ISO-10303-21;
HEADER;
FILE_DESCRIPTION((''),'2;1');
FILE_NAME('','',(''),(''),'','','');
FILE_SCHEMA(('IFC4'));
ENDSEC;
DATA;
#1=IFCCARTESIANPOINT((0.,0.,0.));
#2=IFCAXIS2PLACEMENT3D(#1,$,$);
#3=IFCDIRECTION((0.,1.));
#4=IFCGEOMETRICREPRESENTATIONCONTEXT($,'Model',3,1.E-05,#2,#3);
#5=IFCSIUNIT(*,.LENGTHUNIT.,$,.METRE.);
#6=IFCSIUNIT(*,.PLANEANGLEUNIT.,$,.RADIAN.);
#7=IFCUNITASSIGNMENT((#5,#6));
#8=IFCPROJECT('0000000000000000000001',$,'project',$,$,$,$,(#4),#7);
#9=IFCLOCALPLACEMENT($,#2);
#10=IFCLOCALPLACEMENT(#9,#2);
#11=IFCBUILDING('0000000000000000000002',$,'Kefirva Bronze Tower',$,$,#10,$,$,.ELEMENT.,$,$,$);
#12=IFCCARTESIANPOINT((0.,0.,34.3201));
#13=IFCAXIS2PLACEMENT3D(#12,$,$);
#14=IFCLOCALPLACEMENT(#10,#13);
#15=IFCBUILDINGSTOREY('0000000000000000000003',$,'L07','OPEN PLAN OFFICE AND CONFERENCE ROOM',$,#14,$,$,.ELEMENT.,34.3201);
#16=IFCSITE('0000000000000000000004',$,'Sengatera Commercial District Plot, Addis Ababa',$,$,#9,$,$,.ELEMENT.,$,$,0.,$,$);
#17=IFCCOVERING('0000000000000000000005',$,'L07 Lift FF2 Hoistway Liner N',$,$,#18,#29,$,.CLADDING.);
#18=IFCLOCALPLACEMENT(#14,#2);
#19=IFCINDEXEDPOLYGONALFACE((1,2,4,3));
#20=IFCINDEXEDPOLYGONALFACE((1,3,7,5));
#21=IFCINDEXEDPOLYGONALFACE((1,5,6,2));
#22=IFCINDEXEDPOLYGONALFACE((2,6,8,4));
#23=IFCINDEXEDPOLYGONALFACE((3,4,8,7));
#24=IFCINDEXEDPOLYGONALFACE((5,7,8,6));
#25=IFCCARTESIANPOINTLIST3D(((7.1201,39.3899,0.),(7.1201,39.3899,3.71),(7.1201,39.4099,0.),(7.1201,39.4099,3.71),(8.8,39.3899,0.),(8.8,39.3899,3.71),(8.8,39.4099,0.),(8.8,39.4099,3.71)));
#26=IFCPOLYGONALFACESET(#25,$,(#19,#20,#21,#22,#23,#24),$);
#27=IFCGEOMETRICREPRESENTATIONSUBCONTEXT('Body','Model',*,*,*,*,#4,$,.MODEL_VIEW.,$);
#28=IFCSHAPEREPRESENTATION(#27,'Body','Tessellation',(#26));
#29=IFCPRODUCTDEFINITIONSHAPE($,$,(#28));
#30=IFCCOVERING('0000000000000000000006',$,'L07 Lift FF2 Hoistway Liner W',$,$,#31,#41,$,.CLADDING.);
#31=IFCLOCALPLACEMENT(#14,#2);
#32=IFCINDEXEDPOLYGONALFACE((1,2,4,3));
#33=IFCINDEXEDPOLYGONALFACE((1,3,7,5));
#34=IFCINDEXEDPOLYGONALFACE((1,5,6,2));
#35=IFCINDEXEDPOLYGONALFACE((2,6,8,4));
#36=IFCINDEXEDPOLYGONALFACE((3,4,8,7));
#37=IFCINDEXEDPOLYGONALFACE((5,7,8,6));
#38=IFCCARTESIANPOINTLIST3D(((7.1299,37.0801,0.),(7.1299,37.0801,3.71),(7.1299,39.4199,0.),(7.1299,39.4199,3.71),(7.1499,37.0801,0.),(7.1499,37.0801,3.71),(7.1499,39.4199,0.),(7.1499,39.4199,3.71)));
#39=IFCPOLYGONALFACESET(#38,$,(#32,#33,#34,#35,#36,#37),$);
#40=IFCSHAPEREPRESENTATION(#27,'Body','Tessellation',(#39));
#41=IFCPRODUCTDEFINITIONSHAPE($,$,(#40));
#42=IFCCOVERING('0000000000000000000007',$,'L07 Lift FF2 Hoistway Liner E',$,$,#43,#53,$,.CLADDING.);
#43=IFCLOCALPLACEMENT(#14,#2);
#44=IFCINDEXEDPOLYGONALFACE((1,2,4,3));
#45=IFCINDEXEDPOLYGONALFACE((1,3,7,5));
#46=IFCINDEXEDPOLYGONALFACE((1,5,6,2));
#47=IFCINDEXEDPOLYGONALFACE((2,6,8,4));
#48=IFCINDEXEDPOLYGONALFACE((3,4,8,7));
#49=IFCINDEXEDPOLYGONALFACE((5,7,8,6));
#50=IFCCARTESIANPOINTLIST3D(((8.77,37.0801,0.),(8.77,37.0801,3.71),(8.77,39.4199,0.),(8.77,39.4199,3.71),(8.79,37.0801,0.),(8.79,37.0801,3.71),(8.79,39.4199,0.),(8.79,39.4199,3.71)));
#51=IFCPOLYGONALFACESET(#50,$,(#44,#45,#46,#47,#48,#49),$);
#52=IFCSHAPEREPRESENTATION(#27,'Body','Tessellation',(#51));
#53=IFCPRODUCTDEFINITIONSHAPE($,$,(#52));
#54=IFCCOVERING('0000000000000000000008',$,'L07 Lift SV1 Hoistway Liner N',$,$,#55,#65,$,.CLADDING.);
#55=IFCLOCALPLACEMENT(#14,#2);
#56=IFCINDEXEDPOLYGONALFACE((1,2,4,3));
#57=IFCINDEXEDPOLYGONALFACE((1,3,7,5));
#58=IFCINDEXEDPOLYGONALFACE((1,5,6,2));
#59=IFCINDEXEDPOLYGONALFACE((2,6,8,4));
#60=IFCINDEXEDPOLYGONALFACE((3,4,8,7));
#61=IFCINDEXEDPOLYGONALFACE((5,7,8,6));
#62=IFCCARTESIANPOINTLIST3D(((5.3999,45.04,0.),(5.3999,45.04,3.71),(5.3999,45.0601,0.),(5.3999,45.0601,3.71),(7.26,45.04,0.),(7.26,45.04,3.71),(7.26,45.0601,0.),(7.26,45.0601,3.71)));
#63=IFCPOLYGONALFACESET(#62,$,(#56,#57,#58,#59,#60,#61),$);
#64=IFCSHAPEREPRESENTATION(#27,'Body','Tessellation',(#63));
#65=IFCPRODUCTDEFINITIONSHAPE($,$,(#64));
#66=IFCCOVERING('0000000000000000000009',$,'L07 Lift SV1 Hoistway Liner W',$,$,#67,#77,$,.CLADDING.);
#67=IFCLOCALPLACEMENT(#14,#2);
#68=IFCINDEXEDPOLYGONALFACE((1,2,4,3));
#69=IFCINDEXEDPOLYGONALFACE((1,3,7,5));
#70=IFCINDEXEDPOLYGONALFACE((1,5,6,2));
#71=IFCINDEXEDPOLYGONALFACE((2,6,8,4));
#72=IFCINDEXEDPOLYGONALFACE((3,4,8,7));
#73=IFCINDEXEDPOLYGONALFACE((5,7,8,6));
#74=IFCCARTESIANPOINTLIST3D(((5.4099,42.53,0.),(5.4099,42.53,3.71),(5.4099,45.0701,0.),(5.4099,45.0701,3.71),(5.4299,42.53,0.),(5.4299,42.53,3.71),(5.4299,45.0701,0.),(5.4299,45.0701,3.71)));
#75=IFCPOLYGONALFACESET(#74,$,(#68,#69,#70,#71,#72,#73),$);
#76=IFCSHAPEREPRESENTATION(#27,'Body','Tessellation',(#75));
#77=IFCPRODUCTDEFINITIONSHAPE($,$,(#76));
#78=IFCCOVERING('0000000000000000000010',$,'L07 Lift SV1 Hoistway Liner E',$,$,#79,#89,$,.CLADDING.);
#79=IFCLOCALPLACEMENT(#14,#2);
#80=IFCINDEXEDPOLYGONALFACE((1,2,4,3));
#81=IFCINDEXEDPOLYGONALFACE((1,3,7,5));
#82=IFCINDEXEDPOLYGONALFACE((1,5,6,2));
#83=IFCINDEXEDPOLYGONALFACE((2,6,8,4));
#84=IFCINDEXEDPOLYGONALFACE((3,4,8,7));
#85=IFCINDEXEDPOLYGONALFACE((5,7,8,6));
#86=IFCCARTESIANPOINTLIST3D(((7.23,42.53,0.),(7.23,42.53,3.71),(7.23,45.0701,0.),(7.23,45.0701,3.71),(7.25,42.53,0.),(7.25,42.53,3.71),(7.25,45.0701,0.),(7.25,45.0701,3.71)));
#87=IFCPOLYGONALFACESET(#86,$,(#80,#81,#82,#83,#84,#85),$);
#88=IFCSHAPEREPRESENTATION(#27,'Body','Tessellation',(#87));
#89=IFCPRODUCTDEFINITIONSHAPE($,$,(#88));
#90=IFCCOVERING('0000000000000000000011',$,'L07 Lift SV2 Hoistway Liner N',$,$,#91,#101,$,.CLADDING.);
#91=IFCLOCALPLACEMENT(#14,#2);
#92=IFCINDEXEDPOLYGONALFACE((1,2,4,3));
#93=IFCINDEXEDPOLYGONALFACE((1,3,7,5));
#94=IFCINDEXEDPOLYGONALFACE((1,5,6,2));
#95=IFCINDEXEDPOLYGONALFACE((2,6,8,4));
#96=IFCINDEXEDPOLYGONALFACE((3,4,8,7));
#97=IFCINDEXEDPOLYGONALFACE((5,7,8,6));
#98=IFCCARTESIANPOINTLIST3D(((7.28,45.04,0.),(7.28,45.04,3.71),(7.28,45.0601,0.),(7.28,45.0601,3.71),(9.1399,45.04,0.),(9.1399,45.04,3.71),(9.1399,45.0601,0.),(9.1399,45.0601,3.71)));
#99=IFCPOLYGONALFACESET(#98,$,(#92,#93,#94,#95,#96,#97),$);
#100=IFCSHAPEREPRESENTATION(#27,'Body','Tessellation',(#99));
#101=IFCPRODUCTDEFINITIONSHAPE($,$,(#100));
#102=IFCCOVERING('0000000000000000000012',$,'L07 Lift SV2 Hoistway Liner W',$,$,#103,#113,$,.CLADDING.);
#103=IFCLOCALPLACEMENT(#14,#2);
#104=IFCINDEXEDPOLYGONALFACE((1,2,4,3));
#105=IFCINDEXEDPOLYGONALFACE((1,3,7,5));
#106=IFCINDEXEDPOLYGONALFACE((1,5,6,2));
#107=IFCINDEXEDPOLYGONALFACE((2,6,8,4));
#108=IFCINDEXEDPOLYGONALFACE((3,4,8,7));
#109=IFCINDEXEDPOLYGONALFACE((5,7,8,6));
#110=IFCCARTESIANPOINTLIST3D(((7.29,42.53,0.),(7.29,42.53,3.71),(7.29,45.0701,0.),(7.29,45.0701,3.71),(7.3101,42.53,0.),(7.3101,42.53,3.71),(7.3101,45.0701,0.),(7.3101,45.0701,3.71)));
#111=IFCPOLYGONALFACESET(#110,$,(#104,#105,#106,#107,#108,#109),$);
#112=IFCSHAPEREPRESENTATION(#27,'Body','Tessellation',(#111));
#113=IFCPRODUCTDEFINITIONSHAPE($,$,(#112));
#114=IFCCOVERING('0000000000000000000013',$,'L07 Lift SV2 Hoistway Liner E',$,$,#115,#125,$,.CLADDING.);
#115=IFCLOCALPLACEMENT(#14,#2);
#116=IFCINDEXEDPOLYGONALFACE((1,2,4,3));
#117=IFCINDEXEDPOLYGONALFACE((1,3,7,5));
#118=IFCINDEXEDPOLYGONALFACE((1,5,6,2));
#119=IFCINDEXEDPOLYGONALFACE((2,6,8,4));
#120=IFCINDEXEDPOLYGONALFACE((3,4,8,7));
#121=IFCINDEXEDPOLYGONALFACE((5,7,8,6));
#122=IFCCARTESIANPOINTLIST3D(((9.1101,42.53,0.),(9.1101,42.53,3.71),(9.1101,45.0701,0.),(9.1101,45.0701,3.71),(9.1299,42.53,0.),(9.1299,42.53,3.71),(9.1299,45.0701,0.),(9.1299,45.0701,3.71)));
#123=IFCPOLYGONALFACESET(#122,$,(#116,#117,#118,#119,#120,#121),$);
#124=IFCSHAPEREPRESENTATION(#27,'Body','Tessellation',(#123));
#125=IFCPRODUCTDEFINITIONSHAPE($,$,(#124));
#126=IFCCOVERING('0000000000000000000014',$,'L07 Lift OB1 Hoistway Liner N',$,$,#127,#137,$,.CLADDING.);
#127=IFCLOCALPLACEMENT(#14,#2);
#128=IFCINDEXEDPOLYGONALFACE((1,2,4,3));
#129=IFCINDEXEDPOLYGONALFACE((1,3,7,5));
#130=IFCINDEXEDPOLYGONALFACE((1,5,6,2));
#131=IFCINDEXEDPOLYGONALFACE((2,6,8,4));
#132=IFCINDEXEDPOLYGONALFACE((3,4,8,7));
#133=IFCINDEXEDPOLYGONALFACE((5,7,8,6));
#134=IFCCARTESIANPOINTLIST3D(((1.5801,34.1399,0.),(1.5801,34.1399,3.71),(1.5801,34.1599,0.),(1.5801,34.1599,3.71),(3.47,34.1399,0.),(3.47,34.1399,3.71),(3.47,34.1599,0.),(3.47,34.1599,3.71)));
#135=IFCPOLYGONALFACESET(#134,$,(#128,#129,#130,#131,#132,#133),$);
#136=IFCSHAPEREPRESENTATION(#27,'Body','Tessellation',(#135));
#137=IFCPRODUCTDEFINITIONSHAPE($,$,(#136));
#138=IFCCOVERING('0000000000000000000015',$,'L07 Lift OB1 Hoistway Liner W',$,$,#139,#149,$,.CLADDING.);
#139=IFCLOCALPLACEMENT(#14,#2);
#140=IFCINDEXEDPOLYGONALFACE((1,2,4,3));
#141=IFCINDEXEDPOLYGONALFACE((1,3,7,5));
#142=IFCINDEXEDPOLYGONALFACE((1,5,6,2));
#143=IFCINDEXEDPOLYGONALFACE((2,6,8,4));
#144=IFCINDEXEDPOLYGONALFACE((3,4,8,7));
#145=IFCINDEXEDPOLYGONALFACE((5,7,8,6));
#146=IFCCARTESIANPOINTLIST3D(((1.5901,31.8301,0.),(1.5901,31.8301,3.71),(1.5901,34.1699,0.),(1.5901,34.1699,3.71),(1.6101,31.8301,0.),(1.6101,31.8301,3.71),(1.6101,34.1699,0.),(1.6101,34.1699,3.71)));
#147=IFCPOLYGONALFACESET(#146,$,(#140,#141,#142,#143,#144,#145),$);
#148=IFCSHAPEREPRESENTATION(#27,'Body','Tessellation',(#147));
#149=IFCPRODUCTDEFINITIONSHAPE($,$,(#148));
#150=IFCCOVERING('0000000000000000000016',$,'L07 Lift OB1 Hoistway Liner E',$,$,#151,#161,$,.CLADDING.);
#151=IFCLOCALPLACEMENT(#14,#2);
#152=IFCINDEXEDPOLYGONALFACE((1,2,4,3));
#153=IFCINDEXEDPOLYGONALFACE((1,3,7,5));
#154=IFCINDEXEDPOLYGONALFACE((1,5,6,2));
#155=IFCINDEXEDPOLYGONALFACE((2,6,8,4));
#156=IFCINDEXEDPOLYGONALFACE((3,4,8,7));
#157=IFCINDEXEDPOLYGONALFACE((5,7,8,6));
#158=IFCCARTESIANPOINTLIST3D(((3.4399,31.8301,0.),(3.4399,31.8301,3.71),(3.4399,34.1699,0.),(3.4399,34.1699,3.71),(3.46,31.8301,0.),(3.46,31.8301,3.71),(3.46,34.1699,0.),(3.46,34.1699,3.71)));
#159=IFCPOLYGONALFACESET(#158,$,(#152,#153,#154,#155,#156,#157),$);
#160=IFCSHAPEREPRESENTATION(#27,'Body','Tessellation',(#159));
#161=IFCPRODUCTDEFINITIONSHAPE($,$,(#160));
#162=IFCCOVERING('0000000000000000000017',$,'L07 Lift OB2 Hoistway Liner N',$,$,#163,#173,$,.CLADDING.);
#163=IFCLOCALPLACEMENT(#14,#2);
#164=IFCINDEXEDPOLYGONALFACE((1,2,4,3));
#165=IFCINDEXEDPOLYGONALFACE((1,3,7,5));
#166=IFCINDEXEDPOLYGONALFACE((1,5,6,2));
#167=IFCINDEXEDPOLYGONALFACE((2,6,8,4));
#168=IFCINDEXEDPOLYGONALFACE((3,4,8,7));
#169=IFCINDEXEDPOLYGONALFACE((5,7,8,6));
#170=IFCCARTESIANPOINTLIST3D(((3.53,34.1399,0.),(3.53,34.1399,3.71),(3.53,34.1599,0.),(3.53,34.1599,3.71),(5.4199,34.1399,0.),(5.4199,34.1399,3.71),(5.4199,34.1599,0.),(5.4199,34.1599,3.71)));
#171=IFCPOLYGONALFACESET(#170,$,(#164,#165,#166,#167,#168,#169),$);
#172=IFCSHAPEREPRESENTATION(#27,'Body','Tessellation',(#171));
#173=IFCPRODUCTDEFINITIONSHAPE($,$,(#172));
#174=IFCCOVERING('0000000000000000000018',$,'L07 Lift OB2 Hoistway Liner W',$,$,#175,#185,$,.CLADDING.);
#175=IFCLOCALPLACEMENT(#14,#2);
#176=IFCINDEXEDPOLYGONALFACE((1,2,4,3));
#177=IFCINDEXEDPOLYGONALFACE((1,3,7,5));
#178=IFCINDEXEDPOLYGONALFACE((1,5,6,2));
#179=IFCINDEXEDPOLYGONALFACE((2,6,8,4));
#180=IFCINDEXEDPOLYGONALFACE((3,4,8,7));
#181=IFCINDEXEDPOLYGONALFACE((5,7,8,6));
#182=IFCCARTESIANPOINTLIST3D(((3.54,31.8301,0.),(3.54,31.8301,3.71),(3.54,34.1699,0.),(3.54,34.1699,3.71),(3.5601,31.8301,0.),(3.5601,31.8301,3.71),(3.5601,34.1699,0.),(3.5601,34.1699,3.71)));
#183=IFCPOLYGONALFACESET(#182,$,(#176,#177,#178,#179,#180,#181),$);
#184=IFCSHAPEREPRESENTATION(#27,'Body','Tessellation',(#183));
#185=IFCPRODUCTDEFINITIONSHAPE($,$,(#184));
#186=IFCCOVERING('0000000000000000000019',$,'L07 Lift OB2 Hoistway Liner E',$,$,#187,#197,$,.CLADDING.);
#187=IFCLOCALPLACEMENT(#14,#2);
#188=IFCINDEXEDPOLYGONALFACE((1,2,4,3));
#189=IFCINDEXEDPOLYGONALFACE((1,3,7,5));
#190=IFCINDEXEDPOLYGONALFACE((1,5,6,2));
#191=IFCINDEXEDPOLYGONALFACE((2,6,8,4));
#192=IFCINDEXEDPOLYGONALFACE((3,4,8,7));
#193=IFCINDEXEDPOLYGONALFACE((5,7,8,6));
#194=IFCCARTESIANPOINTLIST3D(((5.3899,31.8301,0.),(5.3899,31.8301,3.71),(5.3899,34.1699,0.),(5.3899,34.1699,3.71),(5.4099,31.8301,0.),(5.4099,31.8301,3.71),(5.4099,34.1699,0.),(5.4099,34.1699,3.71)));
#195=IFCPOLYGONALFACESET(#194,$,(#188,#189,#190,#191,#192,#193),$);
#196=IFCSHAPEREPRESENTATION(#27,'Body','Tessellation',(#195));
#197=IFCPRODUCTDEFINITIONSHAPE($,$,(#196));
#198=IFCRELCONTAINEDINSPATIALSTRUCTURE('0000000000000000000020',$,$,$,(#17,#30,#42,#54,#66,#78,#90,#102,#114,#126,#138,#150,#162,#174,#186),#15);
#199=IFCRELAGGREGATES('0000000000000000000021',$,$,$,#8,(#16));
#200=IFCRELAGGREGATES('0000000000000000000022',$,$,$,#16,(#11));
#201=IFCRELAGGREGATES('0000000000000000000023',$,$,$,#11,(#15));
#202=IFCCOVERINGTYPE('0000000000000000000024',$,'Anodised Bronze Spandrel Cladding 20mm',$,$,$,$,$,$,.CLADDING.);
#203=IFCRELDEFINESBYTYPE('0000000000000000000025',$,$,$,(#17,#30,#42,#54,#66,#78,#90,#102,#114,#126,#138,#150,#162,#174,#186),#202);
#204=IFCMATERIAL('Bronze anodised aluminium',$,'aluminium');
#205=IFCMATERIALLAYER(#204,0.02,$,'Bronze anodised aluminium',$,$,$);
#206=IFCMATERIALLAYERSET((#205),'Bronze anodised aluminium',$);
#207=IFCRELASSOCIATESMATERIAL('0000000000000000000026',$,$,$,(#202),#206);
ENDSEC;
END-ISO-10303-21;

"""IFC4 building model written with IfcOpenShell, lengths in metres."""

from ifc_helpers import new_model, si_unit, direction, frame, origin, place, context, subcontext, project, spatial, polyline, outline, extrude, material, layer, layer_set, type_object, element, save


model = new_model("IFC4")

# Units and contexts
model_context = context("Model", 3, precision=1e-05, world=origin(), true_north=direction((0.0, 1.0)))
body_context = subcontext(model_context, "Body", "Model", "MODEL_VIEW")
ifc_project = project(units=[si_unit("LENGTHUNIT", "METRE"), si_unit("PLANEANGLEUNIT", "RADIAN")], contexts=[model_context])

# Site, building, storey
site_placement = place(None, origin())
site = spatial("IfcSite", under=ifc_project, at=site_placement, Name="Sengatera Commercial District Plot, Addis Ababa", CompositionType="ELEMENT", RefElevation=0.0)
building_placement = place(site_placement, origin())
building = spatial("IfcBuilding", under=site, at=building_placement, Name="Kefirva Bronze Tower", CompositionType="ELEMENT")
storey_placement = place(building_placement, frame((0.0, 0.0, 34.3201)))
storey = spatial("IfcBuildingStorey", under=building, at=storey_placement, Name="L07", Description="OPEN PLAN OFFICE AND CONFERENCE ROOM", CompositionType="ELEMENT", Elevation=34.3201)

# Coverings
ifc_material_1 = material(Name="Bronze anodised aluminium", Category="aluminium")
ifc_layer_1 = layer(ifc_material_1, 0.02, Name="Bronze anodised aluminium")
ifc_layer_set_1 = layer_set([ifc_layer_1], Name="Bronze anodised aluminium")
covering_type = type_object("IfcCoveringType", Name="Anodised Bronze Spandrel Cladding 20mm", PredefinedType="CLADDING", material=ifc_layer_set_1)
covering_1_placement = place(storey_placement, origin())
element("IfcCovering", 1, at=covering_1_placement, inside=storey, type_object=covering_type, Name="L07 Lift FF2 Hoistway Liner N", PredefinedType="CLADDING", context=body_context, shape_type="SweptSolid", body=[
    extrude(outline(polyline([(7.1201, 39.3899), (8.8, 39.3899), (8.8, 39.4099), (7.1201, 39.4099), (7.1201, 39.3899)])), origin(), (0.0, 0.0, 1.0), 3.71),
])
covering_2_placement = place(storey_placement, origin())
element("IfcCovering", 2, at=covering_2_placement, inside=storey, type_object=covering_type, Name="L07 Lift FF2 Hoistway Liner W", PredefinedType="CLADDING", context=body_context, shape_type="SweptSolid", body=[
    extrude(outline(polyline([(7.1299, 37.0801), (7.1499, 37.0801), (7.1499, 39.4199), (7.1299, 39.4199), (7.1299, 37.0801)])), origin(), (0.0, 0.0, 1.0), 3.71),
])
covering_3_placement = place(storey_placement, origin())
element("IfcCovering", 3, at=covering_3_placement, inside=storey, type_object=covering_type, Name="L07 Lift FF2 Hoistway Liner E", PredefinedType="CLADDING", context=body_context, shape_type="SweptSolid", body=[
    extrude(outline(polyline([(8.77, 37.0801), (8.79, 37.0801), (8.79, 39.4199), (8.77, 39.4199), (8.77, 37.0801)])), origin(), (0.0, 0.0, 1.0), 3.71),
])
covering_4_placement = place(storey_placement, origin())
element("IfcCovering", 4, at=covering_4_placement, inside=storey, type_object=covering_type, Name="L07 Lift SV1 Hoistway Liner N", PredefinedType="CLADDING", context=body_context, shape_type="SweptSolid", body=[
    extrude(outline(polyline([(5.3999, 45.04), (7.26, 45.04), (7.26, 45.0601), (5.3999, 45.0601), (5.3999, 45.04)])), origin(), (0.0, 0.0, 1.0), 3.71),
])
covering_5_placement = place(storey_placement, origin())
element("IfcCovering", 5, at=covering_5_placement, inside=storey, type_object=covering_type, Name="L07 Lift SV1 Hoistway Liner W", PredefinedType="CLADDING", context=body_context, shape_type="SweptSolid", body=[
    extrude(outline(polyline([(5.4099, 42.53), (5.4299, 42.53), (5.4299, 45.0701), (5.4099, 45.0701), (5.4099, 42.53)])), origin(), (0.0, 0.0, 1.0), 3.71),
])
covering_6_placement = place(storey_placement, origin())
element("IfcCovering", 6, at=covering_6_placement, inside=storey, type_object=covering_type, Name="L07 Lift SV1 Hoistway Liner E", PredefinedType="CLADDING", context=body_context, shape_type="SweptSolid", body=[
    extrude(outline(polyline([(7.23, 42.53), (7.25, 42.53), (7.25, 45.0701), (7.23, 45.0701), (7.23, 42.53)])), origin(), (0.0, 0.0, 1.0), 3.71),
])
covering_7_placement = place(storey_placement, origin())
element("IfcCovering", 7, at=covering_7_placement, inside=storey, type_object=covering_type, Name="L07 Lift SV2 Hoistway Liner N", PredefinedType="CLADDING", context=body_context, shape_type="SweptSolid", body=[
    extrude(outline(polyline([(7.28, 45.04), (9.1399, 45.04), (9.1399, 45.0601), (7.28, 45.0601), (7.28, 45.04)])), origin(), (0.0, 0.0, 1.0), 3.71),
])
covering_8_placement = place(storey_placement, origin())
element("IfcCovering", 8, at=covering_8_placement, inside=storey, type_object=covering_type, Name="L07 Lift SV2 Hoistway Liner W", PredefinedType="CLADDING", context=body_context, shape_type="SweptSolid", body=[
    extrude(outline(polyline([(7.29, 42.53), (7.3101, 42.53), (7.3101, 45.0701), (7.29, 45.0701), (7.29, 42.53)])), origin(), (0.0, 0.0, 1.0), 3.71),
])
covering_9_placement = place(storey_placement, origin())
element("IfcCovering", 9, at=covering_9_placement, inside=storey, type_object=covering_type, Name="L07 Lift SV2 Hoistway Liner E", PredefinedType="CLADDING", context=body_context, shape_type="SweptSolid", body=[
    extrude(outline(polyline([(9.1101, 42.53), (9.1299, 42.53), (9.1299, 45.0701), (9.1101, 45.0701), (9.1101, 42.53)])), origin(), (0.0, 0.0, 1.0), 3.71),
])
covering_10_placement = place(storey_placement, origin())
element("IfcCovering", 10, at=covering_10_placement, inside=storey, type_object=covering_type, Name="L07 Lift OB1 Hoistway Liner N", PredefinedType="CLADDING", context=body_context, shape_type="SweptSolid", body=[
    extrude(outline(polyline([(1.5801, 34.1399), (3.47, 34.1399), (3.47, 34.1599), (1.5801, 34.1599), (1.5801, 34.1399)])), origin(), (0.0, 0.0, 1.0), 3.71),
])
covering_11_placement = place(storey_placement, origin())
element("IfcCovering", 11, at=covering_11_placement, inside=storey, type_object=covering_type, Name="L07 Lift OB1 Hoistway Liner W", PredefinedType="CLADDING", context=body_context, shape_type="SweptSolid", body=[
    extrude(outline(polyline([(1.5901, 31.8301), (1.6101, 31.8301), (1.6101, 34.1699), (1.5901, 34.1699), (1.5901, 31.8301)])), origin(), (0.0, 0.0, 1.0), 3.71),
])
covering_12_placement = place(storey_placement, origin())
element("IfcCovering", 12, at=covering_12_placement, inside=storey, type_object=covering_type, Name="L07 Lift OB1 Hoistway Liner E", PredefinedType="CLADDING", context=body_context, shape_type="SweptSolid", body=[
    extrude(outline(polyline([(3.4399, 31.8301), (3.46, 31.8301), (3.46, 34.1699), (3.4399, 34.1699), (3.4399, 31.8301)])), origin(), (0.0, 0.0, 1.0), 3.71),
])
covering_13_placement = place(storey_placement, origin())
element("IfcCovering", 13, at=covering_13_placement, inside=storey, type_object=covering_type, Name="L07 Lift OB2 Hoistway Liner N", PredefinedType="CLADDING", context=body_context, shape_type="SweptSolid", body=[
    extrude(outline(polyline([(3.53, 34.1399), (5.4199, 34.1399), (5.4199, 34.1599), (3.53, 34.1599), (3.53, 34.1399)])), origin(), (0.0, 0.0, 1.0), 3.71),
])
covering_14_placement = place(storey_placement, origin())
element("IfcCovering", 14, at=covering_14_placement, inside=storey, type_object=covering_type, Name="L07 Lift OB2 Hoistway Liner W", PredefinedType="CLADDING", context=body_context, shape_type="SweptSolid", body=[
    extrude(outline(polyline([(3.54, 31.8301), (3.5601, 31.8301), (3.5601, 34.1699), (3.54, 34.1699), (3.54, 31.8301)])), origin(), (0.0, 0.0, 1.0), 3.71),
])
covering_15_placement = place(storey_placement, origin())
element("IfcCovering", 15, at=covering_15_placement, inside=storey, type_object=covering_type, Name="L07 Lift OB2 Hoistway Liner E", PredefinedType="CLADDING", context=body_context, shape_type="SweptSolid", body=[
    extrude(outline(polyline([(5.3899, 31.8301), (5.4099, 31.8301), (5.4099, 34.1699), (5.3899, 34.1699), (5.3899, 31.8301)])), origin(), (0.0, 0.0, 1.0), 3.71),
])

save(model, "model.ifc")
